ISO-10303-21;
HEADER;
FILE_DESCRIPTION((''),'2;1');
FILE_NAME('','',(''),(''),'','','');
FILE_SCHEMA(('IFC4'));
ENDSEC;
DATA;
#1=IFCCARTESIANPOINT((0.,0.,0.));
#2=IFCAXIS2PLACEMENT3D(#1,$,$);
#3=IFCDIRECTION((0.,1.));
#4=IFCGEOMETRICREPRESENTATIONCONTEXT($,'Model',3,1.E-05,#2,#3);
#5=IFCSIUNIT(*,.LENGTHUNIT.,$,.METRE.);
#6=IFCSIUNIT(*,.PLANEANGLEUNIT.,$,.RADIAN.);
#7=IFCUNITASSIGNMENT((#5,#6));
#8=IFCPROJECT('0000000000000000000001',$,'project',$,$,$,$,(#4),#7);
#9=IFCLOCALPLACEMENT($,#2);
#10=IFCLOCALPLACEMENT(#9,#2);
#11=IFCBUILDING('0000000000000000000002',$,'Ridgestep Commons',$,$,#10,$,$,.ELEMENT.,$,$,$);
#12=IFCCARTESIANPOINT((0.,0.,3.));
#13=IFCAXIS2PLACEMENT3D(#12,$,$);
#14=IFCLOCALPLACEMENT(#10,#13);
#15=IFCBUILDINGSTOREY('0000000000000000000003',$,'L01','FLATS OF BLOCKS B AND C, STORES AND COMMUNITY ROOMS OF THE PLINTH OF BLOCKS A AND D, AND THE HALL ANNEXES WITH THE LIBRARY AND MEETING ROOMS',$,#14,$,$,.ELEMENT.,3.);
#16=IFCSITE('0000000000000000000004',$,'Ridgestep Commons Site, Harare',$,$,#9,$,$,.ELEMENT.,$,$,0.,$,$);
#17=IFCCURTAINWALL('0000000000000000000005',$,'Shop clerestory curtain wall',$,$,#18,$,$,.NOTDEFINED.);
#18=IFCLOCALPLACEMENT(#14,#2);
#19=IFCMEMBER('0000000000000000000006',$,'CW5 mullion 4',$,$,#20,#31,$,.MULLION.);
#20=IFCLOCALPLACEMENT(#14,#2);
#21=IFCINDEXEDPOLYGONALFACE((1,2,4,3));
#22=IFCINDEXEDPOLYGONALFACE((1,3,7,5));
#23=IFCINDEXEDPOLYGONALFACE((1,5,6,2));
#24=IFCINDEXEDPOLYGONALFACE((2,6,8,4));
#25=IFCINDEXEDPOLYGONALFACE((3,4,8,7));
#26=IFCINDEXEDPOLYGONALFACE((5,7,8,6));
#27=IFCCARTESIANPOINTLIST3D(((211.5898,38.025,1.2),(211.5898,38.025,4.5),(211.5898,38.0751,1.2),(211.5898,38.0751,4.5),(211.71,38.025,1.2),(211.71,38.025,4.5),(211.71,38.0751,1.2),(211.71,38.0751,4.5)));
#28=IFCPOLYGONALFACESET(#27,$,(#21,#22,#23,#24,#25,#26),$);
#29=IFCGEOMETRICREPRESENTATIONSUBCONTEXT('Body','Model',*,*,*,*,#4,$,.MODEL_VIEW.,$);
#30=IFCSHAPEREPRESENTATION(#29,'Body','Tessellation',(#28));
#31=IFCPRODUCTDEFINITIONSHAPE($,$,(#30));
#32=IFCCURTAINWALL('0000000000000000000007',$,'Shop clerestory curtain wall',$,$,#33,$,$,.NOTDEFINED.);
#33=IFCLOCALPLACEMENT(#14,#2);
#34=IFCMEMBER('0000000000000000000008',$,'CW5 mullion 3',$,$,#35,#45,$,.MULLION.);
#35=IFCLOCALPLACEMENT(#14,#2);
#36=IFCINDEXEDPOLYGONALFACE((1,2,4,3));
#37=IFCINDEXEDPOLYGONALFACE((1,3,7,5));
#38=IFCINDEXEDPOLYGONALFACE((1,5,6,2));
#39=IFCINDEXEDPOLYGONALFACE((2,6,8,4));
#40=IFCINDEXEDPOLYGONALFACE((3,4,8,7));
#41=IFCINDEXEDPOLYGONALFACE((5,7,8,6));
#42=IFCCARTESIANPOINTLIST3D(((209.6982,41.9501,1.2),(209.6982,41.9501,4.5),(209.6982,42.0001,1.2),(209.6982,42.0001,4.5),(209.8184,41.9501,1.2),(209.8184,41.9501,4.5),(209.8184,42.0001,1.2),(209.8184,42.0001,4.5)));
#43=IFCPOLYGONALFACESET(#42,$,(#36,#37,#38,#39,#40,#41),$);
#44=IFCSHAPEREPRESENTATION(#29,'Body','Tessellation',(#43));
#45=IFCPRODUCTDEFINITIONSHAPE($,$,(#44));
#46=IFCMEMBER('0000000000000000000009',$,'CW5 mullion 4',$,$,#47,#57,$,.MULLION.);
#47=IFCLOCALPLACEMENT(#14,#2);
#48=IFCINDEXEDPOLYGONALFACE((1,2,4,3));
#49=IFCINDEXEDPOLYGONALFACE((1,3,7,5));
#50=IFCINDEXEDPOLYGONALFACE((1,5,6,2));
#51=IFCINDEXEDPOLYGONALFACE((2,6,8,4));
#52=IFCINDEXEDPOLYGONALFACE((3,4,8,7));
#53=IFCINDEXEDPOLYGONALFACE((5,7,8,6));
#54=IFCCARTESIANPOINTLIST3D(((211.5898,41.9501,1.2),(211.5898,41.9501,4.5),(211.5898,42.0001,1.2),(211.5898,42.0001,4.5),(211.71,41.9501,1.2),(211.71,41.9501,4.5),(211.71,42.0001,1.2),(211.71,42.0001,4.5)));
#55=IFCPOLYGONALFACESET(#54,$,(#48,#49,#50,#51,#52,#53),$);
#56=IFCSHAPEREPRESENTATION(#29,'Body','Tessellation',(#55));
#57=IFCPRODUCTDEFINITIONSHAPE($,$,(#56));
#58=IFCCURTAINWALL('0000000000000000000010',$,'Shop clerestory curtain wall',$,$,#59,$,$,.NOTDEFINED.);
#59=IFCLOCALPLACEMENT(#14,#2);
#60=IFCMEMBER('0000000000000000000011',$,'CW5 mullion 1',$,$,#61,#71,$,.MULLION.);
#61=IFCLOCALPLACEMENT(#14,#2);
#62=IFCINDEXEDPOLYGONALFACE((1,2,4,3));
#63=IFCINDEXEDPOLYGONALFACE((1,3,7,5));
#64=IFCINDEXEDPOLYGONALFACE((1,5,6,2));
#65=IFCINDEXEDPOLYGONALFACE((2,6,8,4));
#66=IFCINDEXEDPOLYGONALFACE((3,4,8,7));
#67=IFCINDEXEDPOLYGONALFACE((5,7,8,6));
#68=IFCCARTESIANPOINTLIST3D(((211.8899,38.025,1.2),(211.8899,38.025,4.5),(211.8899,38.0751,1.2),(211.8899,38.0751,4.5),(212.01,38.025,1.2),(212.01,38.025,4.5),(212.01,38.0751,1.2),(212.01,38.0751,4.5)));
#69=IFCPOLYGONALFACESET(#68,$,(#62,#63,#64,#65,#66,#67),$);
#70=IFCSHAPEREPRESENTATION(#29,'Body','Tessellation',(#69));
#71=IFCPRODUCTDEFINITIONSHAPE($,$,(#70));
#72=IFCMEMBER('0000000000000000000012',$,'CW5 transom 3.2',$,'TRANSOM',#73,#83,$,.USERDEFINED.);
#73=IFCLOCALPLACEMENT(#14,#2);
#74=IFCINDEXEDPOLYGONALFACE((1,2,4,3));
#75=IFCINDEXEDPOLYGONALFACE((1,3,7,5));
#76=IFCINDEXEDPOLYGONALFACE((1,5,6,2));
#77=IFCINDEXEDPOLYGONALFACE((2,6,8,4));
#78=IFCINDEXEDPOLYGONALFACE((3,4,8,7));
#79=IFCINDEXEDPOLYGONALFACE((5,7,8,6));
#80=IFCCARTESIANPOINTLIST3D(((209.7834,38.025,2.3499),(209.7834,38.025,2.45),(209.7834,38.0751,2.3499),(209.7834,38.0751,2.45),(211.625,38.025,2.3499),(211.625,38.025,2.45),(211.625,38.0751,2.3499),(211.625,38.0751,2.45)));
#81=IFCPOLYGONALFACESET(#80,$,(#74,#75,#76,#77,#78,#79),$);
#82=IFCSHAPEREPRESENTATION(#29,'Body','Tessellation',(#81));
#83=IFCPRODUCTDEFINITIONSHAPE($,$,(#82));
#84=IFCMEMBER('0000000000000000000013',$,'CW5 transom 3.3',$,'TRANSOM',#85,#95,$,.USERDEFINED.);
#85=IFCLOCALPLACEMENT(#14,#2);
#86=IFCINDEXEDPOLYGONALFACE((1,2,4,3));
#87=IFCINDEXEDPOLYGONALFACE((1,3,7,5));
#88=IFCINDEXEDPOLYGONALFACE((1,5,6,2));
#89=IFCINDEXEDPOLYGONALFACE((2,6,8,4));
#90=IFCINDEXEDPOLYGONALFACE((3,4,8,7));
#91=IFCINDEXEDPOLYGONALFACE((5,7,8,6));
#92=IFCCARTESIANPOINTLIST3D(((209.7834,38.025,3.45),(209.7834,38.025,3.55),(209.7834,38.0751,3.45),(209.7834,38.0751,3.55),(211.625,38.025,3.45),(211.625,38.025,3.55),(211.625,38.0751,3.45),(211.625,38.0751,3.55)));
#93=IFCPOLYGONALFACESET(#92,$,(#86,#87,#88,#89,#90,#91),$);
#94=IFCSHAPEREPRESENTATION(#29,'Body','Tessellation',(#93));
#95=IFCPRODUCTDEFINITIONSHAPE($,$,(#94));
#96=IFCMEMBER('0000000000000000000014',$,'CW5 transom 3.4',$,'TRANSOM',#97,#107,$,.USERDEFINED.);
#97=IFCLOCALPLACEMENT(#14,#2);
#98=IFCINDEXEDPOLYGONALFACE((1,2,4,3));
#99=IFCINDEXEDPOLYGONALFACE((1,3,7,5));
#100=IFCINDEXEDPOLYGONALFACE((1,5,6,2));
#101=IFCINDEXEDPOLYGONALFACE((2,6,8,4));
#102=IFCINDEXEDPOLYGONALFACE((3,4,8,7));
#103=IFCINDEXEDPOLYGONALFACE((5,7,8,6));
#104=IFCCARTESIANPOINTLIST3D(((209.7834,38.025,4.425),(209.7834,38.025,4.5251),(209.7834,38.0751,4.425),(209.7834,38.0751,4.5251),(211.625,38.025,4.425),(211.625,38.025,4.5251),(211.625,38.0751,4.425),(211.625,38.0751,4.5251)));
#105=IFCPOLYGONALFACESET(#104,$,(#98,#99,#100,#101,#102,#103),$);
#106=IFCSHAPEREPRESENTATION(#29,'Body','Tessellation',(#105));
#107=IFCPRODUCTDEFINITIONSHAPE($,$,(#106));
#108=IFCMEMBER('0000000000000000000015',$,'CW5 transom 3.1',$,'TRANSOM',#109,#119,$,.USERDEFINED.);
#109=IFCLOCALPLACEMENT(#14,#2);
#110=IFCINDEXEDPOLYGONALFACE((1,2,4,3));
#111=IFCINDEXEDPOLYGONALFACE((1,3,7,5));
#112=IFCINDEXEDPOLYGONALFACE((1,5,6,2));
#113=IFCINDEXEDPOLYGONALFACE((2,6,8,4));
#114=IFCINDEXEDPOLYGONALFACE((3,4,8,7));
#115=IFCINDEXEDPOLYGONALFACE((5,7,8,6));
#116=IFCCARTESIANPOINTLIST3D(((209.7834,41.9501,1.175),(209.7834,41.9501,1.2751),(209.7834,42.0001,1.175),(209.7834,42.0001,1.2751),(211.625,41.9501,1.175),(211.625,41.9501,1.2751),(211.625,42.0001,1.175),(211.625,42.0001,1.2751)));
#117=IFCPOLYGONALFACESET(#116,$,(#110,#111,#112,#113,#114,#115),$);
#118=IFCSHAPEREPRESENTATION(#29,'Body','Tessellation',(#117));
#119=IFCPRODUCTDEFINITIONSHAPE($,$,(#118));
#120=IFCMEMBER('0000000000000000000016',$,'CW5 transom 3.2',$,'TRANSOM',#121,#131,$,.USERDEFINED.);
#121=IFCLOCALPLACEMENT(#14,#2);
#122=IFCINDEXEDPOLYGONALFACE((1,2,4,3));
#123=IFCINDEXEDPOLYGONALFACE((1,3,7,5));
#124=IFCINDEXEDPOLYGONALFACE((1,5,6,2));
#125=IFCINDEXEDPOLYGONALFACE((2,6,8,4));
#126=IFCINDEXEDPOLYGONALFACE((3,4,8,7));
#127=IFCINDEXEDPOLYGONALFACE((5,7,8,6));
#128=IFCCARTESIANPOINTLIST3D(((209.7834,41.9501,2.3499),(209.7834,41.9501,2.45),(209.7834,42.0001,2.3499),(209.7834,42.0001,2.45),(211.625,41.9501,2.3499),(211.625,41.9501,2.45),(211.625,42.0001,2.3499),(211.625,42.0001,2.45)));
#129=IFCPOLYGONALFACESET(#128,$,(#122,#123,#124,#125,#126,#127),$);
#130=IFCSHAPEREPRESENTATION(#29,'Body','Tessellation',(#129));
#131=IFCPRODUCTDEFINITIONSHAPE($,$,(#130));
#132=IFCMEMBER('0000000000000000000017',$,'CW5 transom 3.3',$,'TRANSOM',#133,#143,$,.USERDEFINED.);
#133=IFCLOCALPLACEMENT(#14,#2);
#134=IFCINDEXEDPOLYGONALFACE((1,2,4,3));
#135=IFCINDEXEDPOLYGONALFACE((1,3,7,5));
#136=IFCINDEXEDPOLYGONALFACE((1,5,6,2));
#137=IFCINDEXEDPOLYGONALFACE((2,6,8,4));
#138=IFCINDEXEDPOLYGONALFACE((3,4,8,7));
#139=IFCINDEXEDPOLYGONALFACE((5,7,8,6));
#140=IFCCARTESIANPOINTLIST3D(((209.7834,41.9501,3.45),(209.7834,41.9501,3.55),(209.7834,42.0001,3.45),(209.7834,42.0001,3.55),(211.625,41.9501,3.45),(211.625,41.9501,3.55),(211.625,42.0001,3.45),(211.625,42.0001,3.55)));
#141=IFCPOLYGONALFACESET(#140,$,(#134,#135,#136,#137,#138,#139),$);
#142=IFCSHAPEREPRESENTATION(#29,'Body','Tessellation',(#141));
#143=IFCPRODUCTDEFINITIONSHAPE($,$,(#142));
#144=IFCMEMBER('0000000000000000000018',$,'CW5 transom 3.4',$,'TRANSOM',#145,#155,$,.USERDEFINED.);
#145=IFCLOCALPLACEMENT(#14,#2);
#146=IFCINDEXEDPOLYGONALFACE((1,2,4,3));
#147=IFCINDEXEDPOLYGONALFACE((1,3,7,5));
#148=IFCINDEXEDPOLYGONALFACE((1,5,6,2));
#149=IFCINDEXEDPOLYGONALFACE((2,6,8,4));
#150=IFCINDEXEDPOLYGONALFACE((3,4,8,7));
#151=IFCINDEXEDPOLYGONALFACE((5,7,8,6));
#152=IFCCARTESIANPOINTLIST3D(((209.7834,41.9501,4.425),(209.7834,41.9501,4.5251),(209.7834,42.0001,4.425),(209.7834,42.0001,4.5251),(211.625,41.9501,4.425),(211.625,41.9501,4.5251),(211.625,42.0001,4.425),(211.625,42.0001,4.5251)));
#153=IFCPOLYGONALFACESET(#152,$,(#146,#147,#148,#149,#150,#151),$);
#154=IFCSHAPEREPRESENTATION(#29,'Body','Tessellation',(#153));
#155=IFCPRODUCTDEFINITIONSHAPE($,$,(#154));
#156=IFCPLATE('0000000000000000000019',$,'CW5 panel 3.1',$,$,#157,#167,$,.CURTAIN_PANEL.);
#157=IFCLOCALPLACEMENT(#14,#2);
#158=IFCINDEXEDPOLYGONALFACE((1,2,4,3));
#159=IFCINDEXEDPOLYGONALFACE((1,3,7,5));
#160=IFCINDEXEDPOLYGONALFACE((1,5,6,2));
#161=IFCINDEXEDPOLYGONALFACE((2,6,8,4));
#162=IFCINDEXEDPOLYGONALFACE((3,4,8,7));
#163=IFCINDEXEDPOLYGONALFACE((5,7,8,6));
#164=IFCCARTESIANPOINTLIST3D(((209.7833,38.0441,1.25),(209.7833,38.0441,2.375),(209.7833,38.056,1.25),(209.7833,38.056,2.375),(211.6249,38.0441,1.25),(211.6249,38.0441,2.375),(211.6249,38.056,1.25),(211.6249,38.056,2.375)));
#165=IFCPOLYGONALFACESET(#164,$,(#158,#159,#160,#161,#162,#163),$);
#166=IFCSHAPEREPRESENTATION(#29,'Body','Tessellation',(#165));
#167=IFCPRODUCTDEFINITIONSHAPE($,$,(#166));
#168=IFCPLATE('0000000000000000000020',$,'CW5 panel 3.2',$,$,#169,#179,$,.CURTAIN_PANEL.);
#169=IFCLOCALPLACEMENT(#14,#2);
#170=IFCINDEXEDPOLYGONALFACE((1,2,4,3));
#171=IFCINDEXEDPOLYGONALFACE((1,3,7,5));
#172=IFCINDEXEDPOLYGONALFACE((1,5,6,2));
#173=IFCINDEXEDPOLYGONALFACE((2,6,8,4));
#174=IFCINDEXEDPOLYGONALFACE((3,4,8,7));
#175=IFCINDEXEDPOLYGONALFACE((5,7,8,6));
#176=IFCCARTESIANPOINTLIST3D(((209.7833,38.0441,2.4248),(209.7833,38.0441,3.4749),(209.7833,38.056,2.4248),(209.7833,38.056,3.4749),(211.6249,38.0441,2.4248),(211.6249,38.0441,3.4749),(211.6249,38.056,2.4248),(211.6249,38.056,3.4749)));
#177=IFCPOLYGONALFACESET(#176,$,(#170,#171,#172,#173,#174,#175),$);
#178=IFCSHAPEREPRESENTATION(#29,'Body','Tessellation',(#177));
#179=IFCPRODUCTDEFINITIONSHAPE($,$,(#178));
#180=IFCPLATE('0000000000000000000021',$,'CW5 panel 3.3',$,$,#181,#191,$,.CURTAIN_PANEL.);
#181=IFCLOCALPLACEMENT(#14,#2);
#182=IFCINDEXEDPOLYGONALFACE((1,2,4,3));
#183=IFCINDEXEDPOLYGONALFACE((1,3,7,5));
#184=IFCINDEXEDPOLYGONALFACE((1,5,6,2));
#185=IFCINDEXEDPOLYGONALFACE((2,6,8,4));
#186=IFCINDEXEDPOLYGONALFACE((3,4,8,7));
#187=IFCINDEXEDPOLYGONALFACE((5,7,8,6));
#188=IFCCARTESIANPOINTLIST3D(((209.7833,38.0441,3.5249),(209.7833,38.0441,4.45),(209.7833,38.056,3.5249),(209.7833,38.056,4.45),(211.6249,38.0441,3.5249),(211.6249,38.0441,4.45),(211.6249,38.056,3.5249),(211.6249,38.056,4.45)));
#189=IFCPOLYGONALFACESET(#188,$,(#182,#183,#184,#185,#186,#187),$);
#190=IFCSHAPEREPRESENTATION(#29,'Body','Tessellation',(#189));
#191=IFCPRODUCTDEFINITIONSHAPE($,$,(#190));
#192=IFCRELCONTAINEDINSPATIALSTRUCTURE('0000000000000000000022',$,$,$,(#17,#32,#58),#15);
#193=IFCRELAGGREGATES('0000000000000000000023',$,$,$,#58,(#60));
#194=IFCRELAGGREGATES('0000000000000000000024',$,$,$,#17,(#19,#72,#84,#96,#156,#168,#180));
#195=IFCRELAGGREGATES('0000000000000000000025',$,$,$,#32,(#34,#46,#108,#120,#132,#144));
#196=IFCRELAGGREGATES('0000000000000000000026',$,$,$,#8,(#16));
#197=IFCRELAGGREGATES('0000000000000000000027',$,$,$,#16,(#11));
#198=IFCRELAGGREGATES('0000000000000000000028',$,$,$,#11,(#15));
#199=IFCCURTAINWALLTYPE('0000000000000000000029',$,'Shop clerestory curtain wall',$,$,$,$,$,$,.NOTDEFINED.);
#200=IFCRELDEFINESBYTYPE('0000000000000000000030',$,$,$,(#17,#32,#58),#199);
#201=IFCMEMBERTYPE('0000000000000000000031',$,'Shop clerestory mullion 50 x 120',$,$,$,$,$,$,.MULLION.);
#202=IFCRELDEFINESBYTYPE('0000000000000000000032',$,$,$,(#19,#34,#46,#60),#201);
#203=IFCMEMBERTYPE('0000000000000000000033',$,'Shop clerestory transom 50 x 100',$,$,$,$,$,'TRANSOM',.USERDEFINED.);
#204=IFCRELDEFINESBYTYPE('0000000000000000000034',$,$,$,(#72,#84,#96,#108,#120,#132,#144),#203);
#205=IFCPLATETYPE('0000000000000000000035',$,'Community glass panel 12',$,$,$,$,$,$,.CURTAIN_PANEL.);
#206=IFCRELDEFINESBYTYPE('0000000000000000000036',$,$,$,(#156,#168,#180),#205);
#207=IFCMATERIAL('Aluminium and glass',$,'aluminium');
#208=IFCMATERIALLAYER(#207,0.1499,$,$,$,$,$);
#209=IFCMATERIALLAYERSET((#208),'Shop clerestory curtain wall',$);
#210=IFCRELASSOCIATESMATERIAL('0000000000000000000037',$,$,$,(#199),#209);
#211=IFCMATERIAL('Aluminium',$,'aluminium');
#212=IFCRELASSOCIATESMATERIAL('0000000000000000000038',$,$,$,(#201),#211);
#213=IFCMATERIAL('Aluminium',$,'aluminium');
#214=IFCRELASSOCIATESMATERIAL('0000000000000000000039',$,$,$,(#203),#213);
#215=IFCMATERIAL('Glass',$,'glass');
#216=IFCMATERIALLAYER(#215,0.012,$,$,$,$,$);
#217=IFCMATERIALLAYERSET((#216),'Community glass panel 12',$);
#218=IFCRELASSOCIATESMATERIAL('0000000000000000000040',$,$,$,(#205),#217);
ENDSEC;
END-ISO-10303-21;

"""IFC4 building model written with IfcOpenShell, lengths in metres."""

from ifc_helpers import new_model, si_unit, direction, frame, origin, origin_2d, place, context, subcontext, project, spatial, rectangle, extrude, material, layer, layer_set, material_profile, profile_set, type_object, element, aggregate, save


model = new_model("IFC4")

# Units and contexts
model_context = context("Model", 3, precision=1e-05, world=origin(), true_north=direction((0.0, 1.0)))
body_context = subcontext(model_context, "Body", "Model", "MODEL_VIEW")
ifc_project = project(units=[si_unit("LENGTHUNIT", "METRE"), si_unit("PLANEANGLEUNIT", "RADIAN")], contexts=[model_context])

# Site, building, storey
site_placement = place(None, origin())
site = spatial("IfcSite", under=ifc_project, at=site_placement, Name="Ridgestep Commons Site, Harare", CompositionType="ELEMENT", RefElevation=0.0)
building_placement = place(site_placement, origin())
building = spatial("IfcBuilding", under=site, at=building_placement, Name="Ridgestep Commons", CompositionType="ELEMENT")
storey_placement = place(building_placement, frame((0.0, 0.0, 3.0)))
storey = spatial("IfcBuildingStorey", under=building, at=storey_placement, Name="L01", Description="FLATS OF BLOCKS B AND C, STORES AND COMMUNITY ROOMS OF THE PLINTH OF BLOCKS A AND D, AND THE HALL ANNEXES WITH THE LIBRARY AND MEETING ROOMS", CompositionType="ELEMENT", Elevation=3.0)

# Curtain wall, member
ifc_material_1 = material(Name="Aluminium and glass", Category="aluminium")
ifc_layer_1 = layer(ifc_material_1, 0.1499)
ifc_layer_set_1 = layer_set([ifc_layer_1], Name="Shop clerestory curtain wall")
curtain_wall_type = type_object("IfcCurtainWallType", Name="Shop clerestory curtain wall", PredefinedType="NOTDEFINED", material=ifc_layer_set_1)
curtain_wall_1_placement = place(storey_placement, origin())
curtain_wall_1 = element("IfcCurtainWall", 1, at=curtain_wall_1_placement, inside=storey, type_object=curtain_wall_type, Name="Shop clerestory curtain wall", PredefinedType="NOTDEFINED")
ifc_material_2 = material(Name="Aluminium", Category="aluminium")
ifc_material_profile_1 = material_profile(ifc_material_2, rectangle(XDim=0.05, YDim=0.1201, at=origin_2d()), Name="Shop clerestory mullion 50 x 120")
ifc_profile_set_1 = profile_set([ifc_material_profile_1], Name="Aluminium")
member_type_1 = type_object("IfcMemberType", Name="Shop clerestory mullion 50 x 120", PredefinedType="MULLION", material=ifc_profile_set_1)
member_1_placement = place(storey_placement, frame((211.6499, 38.05, 1.2), z_axis=(0.0, 0.0, 1.0), x_axis=(0.0, 1.0, 0.0)))
member_1 = element("IfcMember", 2, at=member_1_placement, type_object=member_type_1, Name="CW5 mullion 4", PredefinedType="MULLION", context=body_context, shape_type="SweptSolid", body=[
    extrude(rectangle(XDim=0.05, YDim=0.1201, at=origin_2d()), origin(), (0.0, 0.0, 1.0), 3.3),
])

# Curtain wall, members
curtain_wall_2_placement = place(storey_placement, origin())
curtain_wall_2 = element("IfcCurtainWall", 3, at=curtain_wall_2_placement, inside=storey, type_object=curtain_wall_type, Name="Shop clerestory curtain wall", PredefinedType="NOTDEFINED")
member_2_placement = place(storey_placement, frame((209.7583, 41.9751, 1.2), z_axis=(0.0, 0.0, 1.0), x_axis=(0.0, 1.0, 0.0)))
member_2 = element("IfcMember", 4, at=member_2_placement, type_object=member_type_1, Name="CW5 mullion 3", PredefinedType="MULLION", context=body_context, shape_type="SweptSolid", body=[
    extrude(rectangle(XDim=0.05, YDim=0.1201, at=origin_2d()), origin(), (0.0, 0.0, 1.0), 3.3),
])
member_3_placement = place(storey_placement, frame((211.6499, 41.9751, 1.2), z_axis=(0.0, 0.0, 1.0), x_axis=(0.0, 1.0, 0.0)))
member_3 = element("IfcMember", 5, at=member_3_placement, type_object=member_type_1, Name="CW5 mullion 4", PredefinedType="MULLION", context=body_context, shape_type="SweptSolid", body=[
    extrude(rectangle(XDim=0.05, YDim=0.1201, at=origin_2d()), origin(), (0.0, 0.0, 1.0), 3.3),
])

# Curtain wall, member
curtain_wall_3_placement = place(storey_placement, origin())
curtain_wall_3 = element("IfcCurtainWall", 6, at=curtain_wall_3_placement, inside=storey, type_object=curtain_wall_type, Name="Shop clerestory curtain wall", PredefinedType="NOTDEFINED")
member_4_placement = place(storey_placement, frame((211.95, 38.05, 1.2), z_axis=(0.0, 0.0, 1.0), x_axis=(0.0, 1.0, 0.0)))
member_4 = element("IfcMember", 7, at=member_4_placement, type_object=member_type_1, Name="CW5 mullion 1", PredefinedType="MULLION", context=body_context, shape_type="SweptSolid", body=[
    extrude(rectangle(XDim=0.05, YDim=0.1201, at=origin_2d()), origin(), (0.0, 0.0, 1.0), 3.3),
])
aggregate(curtain_wall_3, [member_4])

# Members
ifc_material_3 = material(Name="Aluminium", Category="aluminium")
ifc_material_profile_2 = material_profile(ifc_material_3, rectangle(XDim=0.05, YDim=0.1001, at=origin_2d()), Name="Shop clerestory transom 50 x 100")
ifc_profile_set_2 = profile_set([ifc_material_profile_2], Name="Aluminium")
member_type_2 = type_object("IfcMemberType", Name="Shop clerestory transom 50 x 100", ElementType="TRANSOM", PredefinedType="USERDEFINED", material=ifc_profile_set_2)
member_5_placement = place(storey_placement, frame((209.7834, 38.05, 2.3999), z_axis=(1.0, 0.0, 0.0), x_axis=(0.0, 1.0, 0.0)))
member_5 = element("IfcMember", 8, at=member_5_placement, type_object=member_type_2, Name="CW5 transom 3.2", ObjectType="TRANSOM", PredefinedType="USERDEFINED", context=body_context, shape_type="SweptSolid", body=[
    extrude(rectangle(XDim=0.05, YDim=0.1001, at=origin_2d()), origin(), (0.0, 0.0, 1.0), 1.8416),
])
member_6_placement = place(storey_placement, frame((209.7834, 38.05, 3.5), z_axis=(1.0, 0.0, 0.0), x_axis=(0.0, 1.0, 0.0)))
member_6 = element("IfcMember", 9, at=member_6_placement, type_object=member_type_2, Name="CW5 transom 3.3", ObjectType="TRANSOM", PredefinedType="USERDEFINED", context=body_context, shape_type="SweptSolid", body=[
    extrude(rectangle(XDim=0.05, YDim=0.1001, at=origin_2d()), origin(), (0.0, 0.0, 1.0), 1.8416),
])
member_7_placement = place(storey_placement, frame((209.7834, 38.05, 4.4751), z_axis=(1.0, 0.0, 0.0), x_axis=(0.0, 1.0, 0.0)))
member_7 = element("IfcMember", 10, at=member_7_placement, type_object=member_type_2, Name="CW5 transom 3.4", ObjectType="TRANSOM", PredefinedType="USERDEFINED", context=body_context, shape_type="SweptSolid", body=[
    extrude(rectangle(XDim=0.05, YDim=0.1001, at=origin_2d()), origin(), (0.0, 0.0, 1.0), 1.8416),
])
member_8_placement = place(storey_placement, frame((209.7834, 41.9751, 1.2251), z_axis=(1.0, 0.0, 0.0), x_axis=(0.0, 1.0, 0.0)))
member_8 = element("IfcMember", 11, at=member_8_placement, type_object=member_type_2, Name="CW5 transom 3.1", ObjectType="TRANSOM", PredefinedType="USERDEFINED", context=body_context, shape_type="SweptSolid", body=[
    extrude(rectangle(XDim=0.05, YDim=0.1001, at=origin_2d()), origin(), (0.0, 0.0, 1.0), 1.8416),
])
member_9_placement = place(storey_placement, frame((209.7834, 41.9751, 2.3999), z_axis=(1.0, 0.0, 0.0), x_axis=(0.0, 1.0, 0.0)))
member_9 = element("IfcMember", 12, at=member_9_placement, type_object=member_type_2, Name="CW5 transom 3.2", ObjectType="TRANSOM", PredefinedType="USERDEFINED", context=body_context, shape_type="SweptSolid", body=[
    extrude(rectangle(XDim=0.05, YDim=0.1001, at=origin_2d()), origin(), (0.0, 0.0, 1.0), 1.8416),
])
member_10_placement = place(storey_placement, frame((209.7834, 41.9751, 3.5), z_axis=(1.0, 0.0, 0.0), x_axis=(0.0, 1.0, 0.0)))
member_10 = element("IfcMember", 13, at=member_10_placement, type_object=member_type_2, Name="CW5 transom 3.3", ObjectType="TRANSOM", PredefinedType="USERDEFINED", context=body_context, shape_type="SweptSolid", body=[
    extrude(rectangle(XDim=0.05, YDim=0.1001, at=origin_2d()), origin(), (0.0, 0.0, 1.0), 1.8416),
])
member_11_placement = place(storey_placement, frame((209.7834, 41.9751, 4.4751), z_axis=(1.0, 0.0, 0.0), x_axis=(0.0, 1.0, 0.0)))
member_11 = element("IfcMember", 14, at=member_11_placement, type_object=member_type_2, Name="CW5 transom 3.4", ObjectType="TRANSOM", PredefinedType="USERDEFINED", context=body_context, shape_type="SweptSolid", body=[
    extrude(rectangle(XDim=0.05, YDim=0.1001, at=origin_2d()), origin(), (0.0, 0.0, 1.0), 1.8416),
])

# Plates
ifc_material_4 = material(Name="Glass", Category="glass")
ifc_layer_2 = layer(ifc_material_4, 0.012)
ifc_layer_set_2 = layer_set([ifc_layer_2], Name="Community glass panel 12")
plate_type = type_object("IfcPlateType", Name="Community glass panel 12", PredefinedType="CURTAIN_PANEL", material=ifc_layer_set_2)
plate_1_placement = place(storey_placement, frame((210.7041, 38.05, 1.25), z_axis=(0.0, 0.0, 1.0), x_axis=(1.0, 0.0, 0.0)))
plate_1 = element("IfcPlate", 15, at=plate_1_placement, type_object=plate_type, Name="CW5 panel 3.1", PredefinedType="CURTAIN_PANEL", context=body_context, shape_type="SweptSolid", body=[
    extrude(rectangle(XDim=1.8416, YDim=0.012, at=origin_2d()), origin(), (0.0, 0.0, 1.0), 1.125),
])
plate_2_placement = place(storey_placement, frame((210.7041, 38.05, 2.4248), z_axis=(0.0, 0.0, 1.0), x_axis=(1.0, 0.0, 0.0)))
plate_2 = element("IfcPlate", 16, at=plate_2_placement, type_object=plate_type, Name="CW5 panel 3.2", PredefinedType="CURTAIN_PANEL", context=body_context, shape_type="SweptSolid", body=[
    extrude(rectangle(XDim=1.8416, YDim=0.012, at=origin_2d()), origin(), (0.0, 0.0, 1.0), 1.05),
])
plate_3_placement = place(storey_placement, frame((210.7041, 38.05, 3.5249), z_axis=(0.0, 0.0, 1.0), x_axis=(1.0, 0.0, 0.0)))
plate_3 = element("IfcPlate", 17, at=plate_3_placement, type_object=plate_type, Name="CW5 panel 3.3", PredefinedType="CURTAIN_PANEL", context=body_context, shape_type="SweptSolid", body=[
    extrude(rectangle(XDim=1.8416, YDim=0.012, at=origin_2d()), origin(), (0.0, 0.0, 1.0), 0.925),
])
aggregate(curtain_wall_1, [member_1, member_5, member_6, member_7, plate_1, plate_2, plate_3])
aggregate(curtain_wall_2, [member_2, member_3, member_8, member_9, member_10, member_11])

save(model, "model.ifc")
